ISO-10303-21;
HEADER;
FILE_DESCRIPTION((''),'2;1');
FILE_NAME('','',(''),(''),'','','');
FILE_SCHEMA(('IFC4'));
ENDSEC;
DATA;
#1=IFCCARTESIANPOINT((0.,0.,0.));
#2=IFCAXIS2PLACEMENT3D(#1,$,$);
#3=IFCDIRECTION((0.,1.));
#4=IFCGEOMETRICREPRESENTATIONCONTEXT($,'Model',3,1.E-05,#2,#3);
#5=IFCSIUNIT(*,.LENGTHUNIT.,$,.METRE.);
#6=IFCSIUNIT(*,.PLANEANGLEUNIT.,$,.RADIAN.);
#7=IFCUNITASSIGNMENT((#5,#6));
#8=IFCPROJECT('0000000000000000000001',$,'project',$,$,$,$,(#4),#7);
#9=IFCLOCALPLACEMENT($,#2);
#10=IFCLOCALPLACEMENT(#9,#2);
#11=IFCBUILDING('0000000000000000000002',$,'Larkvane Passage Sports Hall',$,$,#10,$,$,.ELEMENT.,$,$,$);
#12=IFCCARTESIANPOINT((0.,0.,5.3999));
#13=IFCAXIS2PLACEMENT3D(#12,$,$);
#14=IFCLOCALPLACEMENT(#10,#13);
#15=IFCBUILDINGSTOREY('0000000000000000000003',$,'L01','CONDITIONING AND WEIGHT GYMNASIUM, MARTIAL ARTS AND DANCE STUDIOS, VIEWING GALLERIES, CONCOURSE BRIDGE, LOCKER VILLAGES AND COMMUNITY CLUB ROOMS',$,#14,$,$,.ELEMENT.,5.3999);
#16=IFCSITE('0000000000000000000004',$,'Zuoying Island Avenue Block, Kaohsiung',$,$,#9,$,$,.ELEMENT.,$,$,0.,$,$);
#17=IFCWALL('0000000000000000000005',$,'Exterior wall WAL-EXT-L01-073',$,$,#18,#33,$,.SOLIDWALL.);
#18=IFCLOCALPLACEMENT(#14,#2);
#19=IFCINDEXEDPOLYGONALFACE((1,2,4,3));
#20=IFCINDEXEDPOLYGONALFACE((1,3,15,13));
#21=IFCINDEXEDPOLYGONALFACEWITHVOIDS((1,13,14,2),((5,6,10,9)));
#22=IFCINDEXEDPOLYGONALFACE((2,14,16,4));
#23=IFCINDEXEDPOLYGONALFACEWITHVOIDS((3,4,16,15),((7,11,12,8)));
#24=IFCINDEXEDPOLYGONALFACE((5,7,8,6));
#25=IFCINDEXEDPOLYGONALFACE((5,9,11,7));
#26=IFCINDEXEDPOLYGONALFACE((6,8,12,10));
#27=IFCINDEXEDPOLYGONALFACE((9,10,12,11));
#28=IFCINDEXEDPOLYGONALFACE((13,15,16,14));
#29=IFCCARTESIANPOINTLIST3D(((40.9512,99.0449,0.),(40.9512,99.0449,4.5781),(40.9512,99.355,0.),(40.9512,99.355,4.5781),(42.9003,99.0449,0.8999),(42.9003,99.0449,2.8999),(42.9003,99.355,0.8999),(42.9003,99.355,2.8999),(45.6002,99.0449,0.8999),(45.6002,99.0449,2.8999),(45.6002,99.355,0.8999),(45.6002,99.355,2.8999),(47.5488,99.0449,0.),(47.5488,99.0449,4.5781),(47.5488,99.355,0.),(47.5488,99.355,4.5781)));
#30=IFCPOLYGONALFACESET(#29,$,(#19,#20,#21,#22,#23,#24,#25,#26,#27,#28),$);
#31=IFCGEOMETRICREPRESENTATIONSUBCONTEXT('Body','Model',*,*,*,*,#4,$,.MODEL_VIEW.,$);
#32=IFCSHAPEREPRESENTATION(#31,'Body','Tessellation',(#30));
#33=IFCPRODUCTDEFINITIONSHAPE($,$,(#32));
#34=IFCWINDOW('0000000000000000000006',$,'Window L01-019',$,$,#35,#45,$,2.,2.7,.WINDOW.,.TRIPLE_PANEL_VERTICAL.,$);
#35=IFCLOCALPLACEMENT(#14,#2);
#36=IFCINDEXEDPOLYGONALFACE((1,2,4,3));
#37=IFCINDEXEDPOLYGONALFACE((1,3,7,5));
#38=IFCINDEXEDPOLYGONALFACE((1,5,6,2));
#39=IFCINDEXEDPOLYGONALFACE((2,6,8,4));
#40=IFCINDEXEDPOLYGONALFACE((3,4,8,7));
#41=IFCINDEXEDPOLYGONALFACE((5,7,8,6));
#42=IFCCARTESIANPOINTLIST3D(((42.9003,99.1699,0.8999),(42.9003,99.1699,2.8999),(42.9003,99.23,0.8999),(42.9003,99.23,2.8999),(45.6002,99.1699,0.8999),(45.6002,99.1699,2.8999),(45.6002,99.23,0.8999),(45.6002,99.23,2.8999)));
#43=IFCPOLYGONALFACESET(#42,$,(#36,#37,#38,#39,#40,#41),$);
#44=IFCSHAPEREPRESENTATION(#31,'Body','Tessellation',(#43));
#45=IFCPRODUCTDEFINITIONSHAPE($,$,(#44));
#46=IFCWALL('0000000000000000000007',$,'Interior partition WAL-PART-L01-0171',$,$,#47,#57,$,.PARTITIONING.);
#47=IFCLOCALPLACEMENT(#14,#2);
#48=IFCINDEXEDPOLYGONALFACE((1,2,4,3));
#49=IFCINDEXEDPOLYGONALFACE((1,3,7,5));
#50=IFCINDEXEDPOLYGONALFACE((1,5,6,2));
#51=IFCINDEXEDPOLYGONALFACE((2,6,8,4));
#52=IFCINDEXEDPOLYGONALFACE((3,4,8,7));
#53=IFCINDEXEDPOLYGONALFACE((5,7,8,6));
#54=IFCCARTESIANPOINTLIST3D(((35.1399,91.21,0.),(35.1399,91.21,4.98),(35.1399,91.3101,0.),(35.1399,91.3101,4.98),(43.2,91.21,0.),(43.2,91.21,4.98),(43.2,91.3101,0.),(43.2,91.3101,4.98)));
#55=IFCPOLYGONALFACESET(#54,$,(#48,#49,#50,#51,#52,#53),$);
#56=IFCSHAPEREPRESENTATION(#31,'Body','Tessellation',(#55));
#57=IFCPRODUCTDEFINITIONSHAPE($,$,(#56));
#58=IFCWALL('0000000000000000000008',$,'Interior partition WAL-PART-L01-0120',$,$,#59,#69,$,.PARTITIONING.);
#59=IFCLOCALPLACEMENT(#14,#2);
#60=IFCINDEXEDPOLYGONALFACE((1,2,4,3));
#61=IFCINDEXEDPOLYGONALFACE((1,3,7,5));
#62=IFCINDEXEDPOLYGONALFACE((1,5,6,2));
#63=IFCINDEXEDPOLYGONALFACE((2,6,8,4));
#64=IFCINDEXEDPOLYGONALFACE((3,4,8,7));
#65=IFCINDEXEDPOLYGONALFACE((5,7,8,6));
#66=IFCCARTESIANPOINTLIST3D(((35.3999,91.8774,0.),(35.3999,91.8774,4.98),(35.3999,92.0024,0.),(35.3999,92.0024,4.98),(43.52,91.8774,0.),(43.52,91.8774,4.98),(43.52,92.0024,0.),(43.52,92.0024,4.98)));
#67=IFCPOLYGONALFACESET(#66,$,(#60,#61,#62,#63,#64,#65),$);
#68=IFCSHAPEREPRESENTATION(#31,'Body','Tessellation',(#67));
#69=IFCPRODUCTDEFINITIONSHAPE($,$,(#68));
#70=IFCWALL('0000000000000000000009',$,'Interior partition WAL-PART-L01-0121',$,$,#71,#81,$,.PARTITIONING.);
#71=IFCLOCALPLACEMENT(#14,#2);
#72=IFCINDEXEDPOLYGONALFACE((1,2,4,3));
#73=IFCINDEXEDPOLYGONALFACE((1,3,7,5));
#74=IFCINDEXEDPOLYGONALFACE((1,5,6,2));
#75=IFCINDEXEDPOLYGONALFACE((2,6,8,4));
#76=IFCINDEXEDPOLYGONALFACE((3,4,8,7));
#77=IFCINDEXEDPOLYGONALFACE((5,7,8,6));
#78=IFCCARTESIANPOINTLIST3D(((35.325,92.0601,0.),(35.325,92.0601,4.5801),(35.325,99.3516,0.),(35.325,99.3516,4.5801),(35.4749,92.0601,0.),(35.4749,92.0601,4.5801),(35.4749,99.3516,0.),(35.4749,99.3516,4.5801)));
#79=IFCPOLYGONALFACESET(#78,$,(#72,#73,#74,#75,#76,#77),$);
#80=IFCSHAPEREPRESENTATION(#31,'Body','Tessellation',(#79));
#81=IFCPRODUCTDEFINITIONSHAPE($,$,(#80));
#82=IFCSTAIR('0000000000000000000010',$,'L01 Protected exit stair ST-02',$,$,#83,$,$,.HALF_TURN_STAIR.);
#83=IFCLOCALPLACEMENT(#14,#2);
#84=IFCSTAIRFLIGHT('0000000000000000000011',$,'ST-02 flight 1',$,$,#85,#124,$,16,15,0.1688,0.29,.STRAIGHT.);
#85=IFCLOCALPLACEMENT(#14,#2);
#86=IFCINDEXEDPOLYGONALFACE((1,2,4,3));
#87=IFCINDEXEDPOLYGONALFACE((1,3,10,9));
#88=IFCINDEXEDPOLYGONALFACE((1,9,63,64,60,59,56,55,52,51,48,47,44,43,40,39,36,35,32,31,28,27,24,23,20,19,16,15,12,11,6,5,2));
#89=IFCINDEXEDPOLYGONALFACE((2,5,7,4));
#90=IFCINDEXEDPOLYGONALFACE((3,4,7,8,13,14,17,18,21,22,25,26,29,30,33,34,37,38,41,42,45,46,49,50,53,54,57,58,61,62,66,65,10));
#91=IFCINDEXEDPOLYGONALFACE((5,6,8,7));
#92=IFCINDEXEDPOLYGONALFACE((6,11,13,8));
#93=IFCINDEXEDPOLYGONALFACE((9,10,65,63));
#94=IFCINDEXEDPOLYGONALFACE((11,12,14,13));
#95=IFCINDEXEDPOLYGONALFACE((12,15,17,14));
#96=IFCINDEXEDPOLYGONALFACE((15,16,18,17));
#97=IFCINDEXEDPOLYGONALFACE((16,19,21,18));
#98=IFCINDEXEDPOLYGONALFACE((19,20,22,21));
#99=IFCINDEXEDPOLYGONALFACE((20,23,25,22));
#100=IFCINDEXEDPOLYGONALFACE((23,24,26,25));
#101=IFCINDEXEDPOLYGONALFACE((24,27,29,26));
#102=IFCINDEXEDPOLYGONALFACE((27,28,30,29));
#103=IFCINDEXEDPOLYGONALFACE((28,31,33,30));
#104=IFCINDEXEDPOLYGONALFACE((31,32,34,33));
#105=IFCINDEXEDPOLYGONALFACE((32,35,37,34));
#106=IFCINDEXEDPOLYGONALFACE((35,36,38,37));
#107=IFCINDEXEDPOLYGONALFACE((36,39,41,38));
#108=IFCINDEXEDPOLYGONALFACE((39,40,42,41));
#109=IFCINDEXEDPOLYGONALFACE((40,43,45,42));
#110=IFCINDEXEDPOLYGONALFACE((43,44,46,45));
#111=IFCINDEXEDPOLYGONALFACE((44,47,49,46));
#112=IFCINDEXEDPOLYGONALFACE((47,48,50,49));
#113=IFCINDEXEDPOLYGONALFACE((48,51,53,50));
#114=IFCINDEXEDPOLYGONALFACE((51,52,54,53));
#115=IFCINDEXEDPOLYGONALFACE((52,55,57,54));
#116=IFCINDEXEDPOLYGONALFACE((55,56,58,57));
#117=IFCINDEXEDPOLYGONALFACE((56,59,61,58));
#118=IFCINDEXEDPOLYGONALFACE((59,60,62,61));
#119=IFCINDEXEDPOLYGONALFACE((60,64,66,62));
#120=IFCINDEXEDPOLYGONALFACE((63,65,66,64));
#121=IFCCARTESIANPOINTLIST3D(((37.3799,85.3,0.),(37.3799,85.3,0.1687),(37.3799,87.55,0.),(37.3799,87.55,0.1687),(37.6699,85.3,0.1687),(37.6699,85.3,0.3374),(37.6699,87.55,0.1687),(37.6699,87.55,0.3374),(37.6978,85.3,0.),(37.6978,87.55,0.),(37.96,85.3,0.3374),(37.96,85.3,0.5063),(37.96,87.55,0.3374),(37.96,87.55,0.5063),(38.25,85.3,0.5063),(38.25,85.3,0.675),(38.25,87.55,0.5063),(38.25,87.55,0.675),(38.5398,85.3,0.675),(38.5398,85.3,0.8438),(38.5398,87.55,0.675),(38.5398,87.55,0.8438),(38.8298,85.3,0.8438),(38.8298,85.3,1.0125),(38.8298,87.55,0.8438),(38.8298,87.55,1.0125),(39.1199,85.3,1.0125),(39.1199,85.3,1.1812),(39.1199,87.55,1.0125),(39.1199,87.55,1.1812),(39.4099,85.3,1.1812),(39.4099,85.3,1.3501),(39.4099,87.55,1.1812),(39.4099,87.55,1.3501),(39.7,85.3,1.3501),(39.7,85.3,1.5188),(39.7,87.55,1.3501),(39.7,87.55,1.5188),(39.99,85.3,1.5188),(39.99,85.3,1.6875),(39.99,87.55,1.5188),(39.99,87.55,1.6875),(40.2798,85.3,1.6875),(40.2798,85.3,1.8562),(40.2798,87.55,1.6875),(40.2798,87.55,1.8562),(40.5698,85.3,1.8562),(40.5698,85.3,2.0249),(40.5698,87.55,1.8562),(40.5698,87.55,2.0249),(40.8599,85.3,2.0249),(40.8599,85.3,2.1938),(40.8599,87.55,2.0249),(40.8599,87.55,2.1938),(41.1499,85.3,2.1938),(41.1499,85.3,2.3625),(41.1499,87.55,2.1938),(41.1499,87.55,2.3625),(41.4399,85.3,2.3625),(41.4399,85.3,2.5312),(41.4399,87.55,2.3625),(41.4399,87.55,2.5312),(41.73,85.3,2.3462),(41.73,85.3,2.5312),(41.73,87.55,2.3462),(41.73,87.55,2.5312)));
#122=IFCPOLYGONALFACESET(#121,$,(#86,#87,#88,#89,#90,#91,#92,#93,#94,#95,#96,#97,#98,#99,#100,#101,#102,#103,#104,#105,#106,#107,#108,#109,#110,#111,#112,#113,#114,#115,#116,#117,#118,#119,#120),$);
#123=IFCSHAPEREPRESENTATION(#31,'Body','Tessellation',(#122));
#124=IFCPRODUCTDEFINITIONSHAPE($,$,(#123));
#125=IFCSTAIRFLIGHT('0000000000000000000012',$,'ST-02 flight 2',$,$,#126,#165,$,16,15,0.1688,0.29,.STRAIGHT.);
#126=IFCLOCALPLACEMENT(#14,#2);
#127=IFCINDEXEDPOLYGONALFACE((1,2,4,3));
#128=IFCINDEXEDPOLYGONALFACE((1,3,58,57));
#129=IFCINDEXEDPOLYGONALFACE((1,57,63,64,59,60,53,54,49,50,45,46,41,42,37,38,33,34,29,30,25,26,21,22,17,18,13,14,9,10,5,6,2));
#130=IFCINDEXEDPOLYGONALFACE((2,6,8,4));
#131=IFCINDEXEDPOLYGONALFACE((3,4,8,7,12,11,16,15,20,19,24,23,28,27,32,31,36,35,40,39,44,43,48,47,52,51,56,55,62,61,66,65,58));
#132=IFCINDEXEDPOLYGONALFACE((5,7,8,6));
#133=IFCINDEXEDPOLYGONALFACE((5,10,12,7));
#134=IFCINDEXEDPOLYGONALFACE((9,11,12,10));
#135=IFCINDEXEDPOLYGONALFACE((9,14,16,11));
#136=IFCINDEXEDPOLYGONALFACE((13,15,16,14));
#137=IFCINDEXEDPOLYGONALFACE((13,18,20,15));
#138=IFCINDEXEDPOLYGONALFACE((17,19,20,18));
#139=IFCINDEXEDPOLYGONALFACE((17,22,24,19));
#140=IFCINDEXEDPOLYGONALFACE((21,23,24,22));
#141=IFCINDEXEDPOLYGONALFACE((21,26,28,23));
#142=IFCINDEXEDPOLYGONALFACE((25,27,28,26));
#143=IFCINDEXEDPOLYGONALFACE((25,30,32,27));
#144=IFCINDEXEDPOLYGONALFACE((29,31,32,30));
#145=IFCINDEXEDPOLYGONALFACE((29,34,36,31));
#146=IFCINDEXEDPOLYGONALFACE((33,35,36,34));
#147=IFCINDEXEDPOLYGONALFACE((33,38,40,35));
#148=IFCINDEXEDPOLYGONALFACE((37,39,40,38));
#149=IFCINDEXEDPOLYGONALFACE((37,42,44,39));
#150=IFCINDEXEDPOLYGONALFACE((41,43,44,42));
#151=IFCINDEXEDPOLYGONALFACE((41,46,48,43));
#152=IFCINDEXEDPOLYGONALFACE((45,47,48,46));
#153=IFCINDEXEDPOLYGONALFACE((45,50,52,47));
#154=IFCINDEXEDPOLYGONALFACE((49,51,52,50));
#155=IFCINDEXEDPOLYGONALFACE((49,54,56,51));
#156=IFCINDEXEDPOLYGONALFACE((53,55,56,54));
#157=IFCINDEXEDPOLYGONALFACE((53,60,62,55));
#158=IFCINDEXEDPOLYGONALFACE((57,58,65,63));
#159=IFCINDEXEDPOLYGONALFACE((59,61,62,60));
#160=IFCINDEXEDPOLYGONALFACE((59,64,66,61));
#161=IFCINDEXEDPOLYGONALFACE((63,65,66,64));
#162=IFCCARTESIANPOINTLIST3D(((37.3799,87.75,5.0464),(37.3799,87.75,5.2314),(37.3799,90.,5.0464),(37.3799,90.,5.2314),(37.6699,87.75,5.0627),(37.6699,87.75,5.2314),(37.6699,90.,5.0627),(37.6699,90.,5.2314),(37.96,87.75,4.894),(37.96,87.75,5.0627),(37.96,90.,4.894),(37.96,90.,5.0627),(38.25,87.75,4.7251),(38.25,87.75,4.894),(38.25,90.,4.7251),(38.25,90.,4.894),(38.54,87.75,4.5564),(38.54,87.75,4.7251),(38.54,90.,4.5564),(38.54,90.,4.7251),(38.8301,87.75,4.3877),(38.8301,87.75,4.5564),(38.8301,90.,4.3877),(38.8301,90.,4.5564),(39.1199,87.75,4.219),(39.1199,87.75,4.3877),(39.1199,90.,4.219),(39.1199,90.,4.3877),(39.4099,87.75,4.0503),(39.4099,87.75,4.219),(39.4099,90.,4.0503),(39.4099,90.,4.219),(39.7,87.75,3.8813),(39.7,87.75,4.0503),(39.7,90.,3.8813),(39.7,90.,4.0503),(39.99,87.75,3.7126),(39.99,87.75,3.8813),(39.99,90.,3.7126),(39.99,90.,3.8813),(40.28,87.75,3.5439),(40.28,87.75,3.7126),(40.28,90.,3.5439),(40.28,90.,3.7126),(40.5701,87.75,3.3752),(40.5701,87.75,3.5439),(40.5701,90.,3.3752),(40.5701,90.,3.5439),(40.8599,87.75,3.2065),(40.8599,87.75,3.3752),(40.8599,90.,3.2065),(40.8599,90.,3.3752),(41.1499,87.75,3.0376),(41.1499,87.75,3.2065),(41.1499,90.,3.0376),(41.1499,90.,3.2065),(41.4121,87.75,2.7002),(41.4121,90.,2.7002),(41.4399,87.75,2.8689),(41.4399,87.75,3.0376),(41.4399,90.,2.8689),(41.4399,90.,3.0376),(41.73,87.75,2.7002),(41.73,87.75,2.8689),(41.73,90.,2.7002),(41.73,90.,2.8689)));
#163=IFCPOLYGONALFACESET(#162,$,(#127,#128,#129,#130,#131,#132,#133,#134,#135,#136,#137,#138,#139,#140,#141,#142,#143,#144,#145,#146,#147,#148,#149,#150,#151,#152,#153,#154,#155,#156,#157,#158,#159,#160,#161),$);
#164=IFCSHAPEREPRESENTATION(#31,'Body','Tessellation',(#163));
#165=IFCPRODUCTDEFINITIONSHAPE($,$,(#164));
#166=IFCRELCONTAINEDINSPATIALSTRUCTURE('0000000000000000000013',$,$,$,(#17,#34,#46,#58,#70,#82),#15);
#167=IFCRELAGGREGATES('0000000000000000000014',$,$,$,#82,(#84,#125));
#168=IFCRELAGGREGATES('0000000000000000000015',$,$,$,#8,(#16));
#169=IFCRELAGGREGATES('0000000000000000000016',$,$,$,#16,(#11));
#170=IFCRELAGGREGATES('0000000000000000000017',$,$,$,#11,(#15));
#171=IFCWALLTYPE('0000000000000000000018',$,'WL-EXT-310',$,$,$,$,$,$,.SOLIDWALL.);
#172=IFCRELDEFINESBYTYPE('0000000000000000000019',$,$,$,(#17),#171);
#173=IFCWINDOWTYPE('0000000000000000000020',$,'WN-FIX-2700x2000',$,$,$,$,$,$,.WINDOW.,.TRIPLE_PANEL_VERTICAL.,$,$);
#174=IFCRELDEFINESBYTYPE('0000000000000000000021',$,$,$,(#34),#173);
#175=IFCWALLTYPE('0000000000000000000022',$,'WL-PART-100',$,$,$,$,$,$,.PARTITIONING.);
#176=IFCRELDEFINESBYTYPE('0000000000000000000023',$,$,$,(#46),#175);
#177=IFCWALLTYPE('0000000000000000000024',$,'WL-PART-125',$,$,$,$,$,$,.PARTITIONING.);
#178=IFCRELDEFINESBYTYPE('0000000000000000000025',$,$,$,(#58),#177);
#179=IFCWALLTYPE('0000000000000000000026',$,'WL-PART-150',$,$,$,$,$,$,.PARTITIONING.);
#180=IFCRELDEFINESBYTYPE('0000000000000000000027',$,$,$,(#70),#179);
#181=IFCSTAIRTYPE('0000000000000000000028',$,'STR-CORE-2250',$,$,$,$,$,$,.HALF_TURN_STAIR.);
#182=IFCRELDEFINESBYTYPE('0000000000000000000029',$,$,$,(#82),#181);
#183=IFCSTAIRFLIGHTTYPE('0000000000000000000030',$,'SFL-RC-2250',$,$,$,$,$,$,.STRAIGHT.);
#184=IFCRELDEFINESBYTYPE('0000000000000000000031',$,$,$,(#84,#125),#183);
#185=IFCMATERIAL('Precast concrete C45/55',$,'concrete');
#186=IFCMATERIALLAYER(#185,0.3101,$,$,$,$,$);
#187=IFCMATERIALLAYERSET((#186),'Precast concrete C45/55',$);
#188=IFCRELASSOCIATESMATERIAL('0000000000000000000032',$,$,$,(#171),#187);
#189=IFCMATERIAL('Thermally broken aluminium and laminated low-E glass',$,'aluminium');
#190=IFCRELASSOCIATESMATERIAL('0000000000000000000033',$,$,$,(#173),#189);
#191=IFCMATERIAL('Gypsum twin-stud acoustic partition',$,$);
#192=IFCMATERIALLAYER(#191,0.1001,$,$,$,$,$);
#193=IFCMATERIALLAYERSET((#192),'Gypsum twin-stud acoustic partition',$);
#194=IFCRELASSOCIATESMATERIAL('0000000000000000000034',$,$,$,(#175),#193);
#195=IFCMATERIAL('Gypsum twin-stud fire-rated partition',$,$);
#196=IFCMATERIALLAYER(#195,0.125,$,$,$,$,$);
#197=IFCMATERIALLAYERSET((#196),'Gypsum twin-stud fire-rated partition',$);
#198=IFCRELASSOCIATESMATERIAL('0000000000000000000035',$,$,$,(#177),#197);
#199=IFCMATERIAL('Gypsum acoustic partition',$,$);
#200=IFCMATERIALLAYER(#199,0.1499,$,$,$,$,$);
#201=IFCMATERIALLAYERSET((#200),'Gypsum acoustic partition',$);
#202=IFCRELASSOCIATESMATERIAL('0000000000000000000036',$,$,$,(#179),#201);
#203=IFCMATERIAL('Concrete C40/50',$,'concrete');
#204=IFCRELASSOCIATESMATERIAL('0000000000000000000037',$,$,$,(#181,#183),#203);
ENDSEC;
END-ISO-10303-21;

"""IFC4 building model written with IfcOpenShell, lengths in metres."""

from ifc_helpers import new_model, si_unit, direction, frame, frame_2d, origin, place, context, subcontext, project, spatial, polyline, rectangle, outline, extrude, material, layer, layer_set, type_object, element, fill, aggregate, save


model = new_model("IFC4")

# Units and contexts
model_context = context("Model", 3, precision=1e-05, world=origin(), true_north=direction((0.0, 1.0)))
body_context = subcontext(model_context, "Body", "Model", "MODEL_VIEW")
ifc_project = project(units=[si_unit("LENGTHUNIT", "METRE"), si_unit("PLANEANGLEUNIT", "RADIAN")], contexts=[model_context])

# Site, building, storey
site_placement = place(None, origin())
site = spatial("IfcSite", under=ifc_project, at=site_placement, Name="Zuoying Island Avenue Block, Kaohsiung", CompositionType="ELEMENT", RefElevation=0.0)
building_placement = place(site_placement, origin())
building = spatial("IfcBuilding", under=site, at=building_placement, Name="Larkvane Passage Sports Hall", CompositionType="ELEMENT")
storey_placement = place(building_placement, frame((0.0, 0.0, 5.3999)))
storey = spatial("IfcBuildingStorey", under=building, at=storey_placement, Name="L01", Description="CONDITIONING AND WEIGHT GYMNASIUM, MARTIAL ARTS AND DANCE STUDIOS, VIEWING GALLERIES, CONCOURSE BRIDGE, LOCKER VILLAGES AND COMMUNITY CLUB ROOMS", CompositionType="ELEMENT", Elevation=5.3999)

# Shared definitions
ifc_material_1 = material(Name="Concrete C40/50", Category="concrete")

# Wall, opening, window
ifc_material_2 = material(Name="Precast concrete C45/55", Category="concrete")
ifc_layer_1 = layer(ifc_material_2, 0.3101)
ifc_layer_set_1 = layer_set([ifc_layer_1], Name="Precast concrete C45/55")
wall_type_1 = type_object("IfcWallType", Name="WL-EXT-310", PredefinedType="SOLIDWALL", material=ifc_layer_set_1)
wall_1_placement = place(storey_placement, frame((40.9512, 99.2, 0.0), z_axis=(0.0, 0.0, 1.0), x_axis=(1.0, 0.0, 0.0)))
wall_1 = element("IfcWall", 1, at=wall_1_placement, inside=storey, type_object=wall_type_1, Name="Exterior wall WAL-EXT-L01-073", PredefinedType="SOLIDWALL", context=body_context, shape_type="SweptSolid", body=[
    extrude(rectangle(XDim=6.5977, YDim=0.3101, at=frame_2d((3.2988, 0.0))), origin(), (0.0, 0.0, 1.0), 4.5781),
])
opening_1_placement = place(wall_1_placement, frame((1.949, 0.0, 0.8999)))
opening_1 = element("IfcOpeningElement", 2, at=opening_1_placement, cuts=wall_1, PredefinedType="OPENING", context=body_context, shape_type="SweptSolid", body=[
    extrude(rectangle(XDim=2.7, YDim=2.0, at=frame_2d((1.3501, 1.0))), frame((0.0, 0.165, 0.0), z_axis=(0.0, -1.0, 0.0), x_axis=(1.0, 0.0, 0.0)), (0.0, 0.0, 1.0), 0.3301),
])
ifc_material_3 = material(Name="Thermally broken aluminium and laminated low-E glass", Category="aluminium")
window_type = type_object("IfcWindowType", Name="WN-FIX-2700x2000", PartitioningType="TRIPLE_PANEL_VERTICAL", PredefinedType="WINDOW", material=ifc_material_3)
window_placement = place(opening_1_placement, origin())
window = element("IfcWindow", 3, at=window_placement, inside=storey, type_object=window_type, Name="Window L01-019", OverallHeight=2.0, OverallWidth=2.7, PartitioningType="TRIPLE_PANEL_VERTICAL", PredefinedType="WINDOW", context=body_context, shape_type="SweptSolid", body=[
    extrude(rectangle(XDim=2.7, YDim=2.0, at=frame_2d((1.3501, 1.0))), frame((0.0, 0.03, 0.0), z_axis=(0.0, -1.0, 0.0), x_axis=(1.0, 0.0, 0.0)), (0.0, 0.0, 1.0), 0.0601),
])
fill(opening_1, window)

# Walls
ifc_material_4 = material(Name="Gypsum twin-stud acoustic partition")
ifc_layer_2 = layer(ifc_material_4, 0.1001)
ifc_layer_set_2 = layer_set([ifc_layer_2], Name="Gypsum twin-stud acoustic partition")
wall_type_2 = type_object("IfcWallType", Name="WL-PART-100", PredefinedType="PARTITIONING", material=ifc_layer_set_2)
wall_2_placement = place(storey_placement, frame((35.1399, 91.26, 0.0), z_axis=(0.0, 0.0, 1.0), x_axis=(1.0, 0.0, 0.0)))
element("IfcWall", 4, at=wall_2_placement, inside=storey, type_object=wall_type_2, Name="Interior partition WAL-PART-L01-0171", PredefinedType="PARTITIONING", context=body_context, shape_type="SweptSolid", body=[
    extrude(rectangle(XDim=8.0601, YDim=0.1001, at=frame_2d((4.03, 0.0))), origin(), (0.0, 0.0, 1.0), 4.98),
])
ifc_material_5 = material(Name="Gypsum twin-stud fire-rated partition")
ifc_layer_3 = layer(ifc_material_5, 0.125)
ifc_layer_set_3 = layer_set([ifc_layer_3], Name="Gypsum twin-stud fire-rated partition")
wall_type_3 = type_object("IfcWallType", Name="WL-PART-125", PredefinedType="PARTITIONING", material=ifc_layer_set_3)
wall_3_placement = place(storey_placement, frame((43.52, 91.9399, 0.0), z_axis=(0.0, 0.0, 1.0), x_axis=(-1.0, 0.0, 0.0)))
element("IfcWall", 5, at=wall_3_placement, inside=storey, type_object=wall_type_3, Name="Interior partition WAL-PART-L01-0120", PredefinedType="PARTITIONING", context=body_context, shape_type="SweptSolid", body=[
    extrude(rectangle(XDim=8.1201, YDim=0.125, at=frame_2d((4.0601, 0.0))), origin(), (0.0, 0.0, 1.0), 4.98),
])
ifc_material_6 = material(Name="Gypsum acoustic partition")
ifc_layer_4 = layer(ifc_material_6, 0.1499)
ifc_layer_set_4 = layer_set([ifc_layer_4], Name="Gypsum acoustic partition")
wall_type_4 = type_object("IfcWallType", Name="WL-PART-150", PredefinedType="PARTITIONING", material=ifc_layer_set_4)
wall_4_placement = place(storey_placement, frame((35.3999, 92.0601, 0.0), z_axis=(0.0, 0.0, 1.0), x_axis=(0.0, 1.0, 0.0)))
element("IfcWall", 6, at=wall_4_placement, inside=storey, type_object=wall_type_4, Name="Interior partition WAL-PART-L01-0121", PredefinedType="PARTITIONING", context=body_context, shape_type="SweptSolid", body=[
    extrude(rectangle(XDim=7.2915, YDim=0.1499, at=frame_2d((3.6458, 0.0))), origin(), (0.0, 0.0, 1.0), 4.5801),
])

# Stair, stair flights
stair_type = type_object("IfcStairType", Name="STR-CORE-2250", PredefinedType="HALF_TURN_STAIR", material=ifc_material_1)
stair_placement = place(storey_placement, origin())
stair = element("IfcStair", 7, at=stair_placement, inside=storey, type_object=stair_type, Name="L01 Protected exit stair ST-02", PredefinedType="HALF_TURN_STAIR")
stair_flight_type = type_object("IfcStairFlightType", Name="SFL-RC-2250", PredefinedType="STRAIGHT", material=ifc_material_1)
stair_flight_1_placement = place(storey_placement, frame((37.3799, 86.425, 0.0), z_axis=(0.0, 0.0, 1.0), x_axis=(1.0, 0.0, 0.0)))
stair_flight_1 = element("IfcStairFlight", 8, at=stair_flight_1_placement, type_object=stair_flight_type, Name="ST-02 flight 1", NumberOfRisers=16, NumberOfTreads=15, PredefinedType="STRAIGHT", RiserHeight=0.1688, TreadLength=0.29, context=body_context, shape_type="SweptSolid", body=[
    extrude(outline(polyline([(0.0, 0.0), (0.0, 0.1687), (0.29, 0.1687), (0.29, 0.3374), (0.5801, 0.3374), (0.5801, 0.5063), (0.8701, 0.5063), (0.8701, 0.675), (1.1599, 0.675), (1.1599, 0.8438), (1.45, 0.8438), (1.45, 1.0125), (1.74, 1.0125), (1.74, 1.1812), (2.03, 1.1812), (2.03, 1.3501), (2.3201, 1.3501), (2.3201, 1.5188), (2.6101, 1.5188), (2.6101, 1.6875), (2.8999, 1.6875), (2.8999, 1.8562), (3.1899, 1.8562), (3.1899, 2.0249), (3.48, 2.0249), (3.48, 2.1938), (3.77, 2.1938), (3.77, 2.3625), (4.0601, 2.3625), (4.0601, 2.5312), (4.3501, 2.5312), (4.3501, 2.7), (4.3501, 2.3462), (0.3179, 0.0), (0.0, 0.0)])), frame((0.0, 1.125, 0.0), z_axis=(0.0, -1.0, 0.0), x_axis=(1.0, 0.0, 0.0)), (0.0, 0.0, 1.0), 2.25),
])
stair_flight_2_placement = place(storey_placement, frame((41.73, 88.875, 2.7002), z_axis=(0.0, 0.0, 1.0), x_axis=(-1.0, 0.0, 0.0)))
stair_flight_2 = element("IfcStairFlight", 9, at=stair_flight_2_placement, type_object=stair_flight_type, Name="ST-02 flight 2", NumberOfRisers=16, NumberOfTreads=15, PredefinedType="STRAIGHT", RiserHeight=0.1688, TreadLength=0.29, context=body_context, shape_type="SweptSolid", body=[
    extrude(outline(polyline([(0.0, 0.0), (0.0, 0.1687), (0.29, 0.1687), (0.29, 0.3374), (0.5801, 0.3374), (0.5801, 0.5063), (0.8701, 0.5063), (0.8701, 0.675), (1.1599, 0.675), (1.1599, 0.8438), (1.45, 0.8438), (1.45, 1.0125), (1.74, 1.0125), (1.74, 1.1812), (2.03, 1.1812), (2.03, 1.3501), (2.3201, 1.3501), (2.3201, 1.5188), (2.6101, 1.5188), (2.6101, 1.6875), (2.8999, 1.6875), (2.8999, 1.8562), (3.1899, 1.8562), (3.1899, 2.0249), (3.48, 2.0249), (3.48, 2.1938), (3.77, 2.1938), (3.77, 2.3625), (4.0601, 2.3625), (4.0601, 2.5312), (4.3501, 2.5312), (4.3501, 2.7), (4.3501, 2.3462), (0.3179, 0.0), (0.0, 0.0)])), frame((0.0, 1.125, 0.0), z_axis=(0.0, -1.0, 0.0), x_axis=(1.0, 0.0, 0.0)), (0.0, 0.0, 1.0), 2.25),
])
aggregate(stair, [stair_flight_1, stair_flight_2])

save(model, "model.ifc")
